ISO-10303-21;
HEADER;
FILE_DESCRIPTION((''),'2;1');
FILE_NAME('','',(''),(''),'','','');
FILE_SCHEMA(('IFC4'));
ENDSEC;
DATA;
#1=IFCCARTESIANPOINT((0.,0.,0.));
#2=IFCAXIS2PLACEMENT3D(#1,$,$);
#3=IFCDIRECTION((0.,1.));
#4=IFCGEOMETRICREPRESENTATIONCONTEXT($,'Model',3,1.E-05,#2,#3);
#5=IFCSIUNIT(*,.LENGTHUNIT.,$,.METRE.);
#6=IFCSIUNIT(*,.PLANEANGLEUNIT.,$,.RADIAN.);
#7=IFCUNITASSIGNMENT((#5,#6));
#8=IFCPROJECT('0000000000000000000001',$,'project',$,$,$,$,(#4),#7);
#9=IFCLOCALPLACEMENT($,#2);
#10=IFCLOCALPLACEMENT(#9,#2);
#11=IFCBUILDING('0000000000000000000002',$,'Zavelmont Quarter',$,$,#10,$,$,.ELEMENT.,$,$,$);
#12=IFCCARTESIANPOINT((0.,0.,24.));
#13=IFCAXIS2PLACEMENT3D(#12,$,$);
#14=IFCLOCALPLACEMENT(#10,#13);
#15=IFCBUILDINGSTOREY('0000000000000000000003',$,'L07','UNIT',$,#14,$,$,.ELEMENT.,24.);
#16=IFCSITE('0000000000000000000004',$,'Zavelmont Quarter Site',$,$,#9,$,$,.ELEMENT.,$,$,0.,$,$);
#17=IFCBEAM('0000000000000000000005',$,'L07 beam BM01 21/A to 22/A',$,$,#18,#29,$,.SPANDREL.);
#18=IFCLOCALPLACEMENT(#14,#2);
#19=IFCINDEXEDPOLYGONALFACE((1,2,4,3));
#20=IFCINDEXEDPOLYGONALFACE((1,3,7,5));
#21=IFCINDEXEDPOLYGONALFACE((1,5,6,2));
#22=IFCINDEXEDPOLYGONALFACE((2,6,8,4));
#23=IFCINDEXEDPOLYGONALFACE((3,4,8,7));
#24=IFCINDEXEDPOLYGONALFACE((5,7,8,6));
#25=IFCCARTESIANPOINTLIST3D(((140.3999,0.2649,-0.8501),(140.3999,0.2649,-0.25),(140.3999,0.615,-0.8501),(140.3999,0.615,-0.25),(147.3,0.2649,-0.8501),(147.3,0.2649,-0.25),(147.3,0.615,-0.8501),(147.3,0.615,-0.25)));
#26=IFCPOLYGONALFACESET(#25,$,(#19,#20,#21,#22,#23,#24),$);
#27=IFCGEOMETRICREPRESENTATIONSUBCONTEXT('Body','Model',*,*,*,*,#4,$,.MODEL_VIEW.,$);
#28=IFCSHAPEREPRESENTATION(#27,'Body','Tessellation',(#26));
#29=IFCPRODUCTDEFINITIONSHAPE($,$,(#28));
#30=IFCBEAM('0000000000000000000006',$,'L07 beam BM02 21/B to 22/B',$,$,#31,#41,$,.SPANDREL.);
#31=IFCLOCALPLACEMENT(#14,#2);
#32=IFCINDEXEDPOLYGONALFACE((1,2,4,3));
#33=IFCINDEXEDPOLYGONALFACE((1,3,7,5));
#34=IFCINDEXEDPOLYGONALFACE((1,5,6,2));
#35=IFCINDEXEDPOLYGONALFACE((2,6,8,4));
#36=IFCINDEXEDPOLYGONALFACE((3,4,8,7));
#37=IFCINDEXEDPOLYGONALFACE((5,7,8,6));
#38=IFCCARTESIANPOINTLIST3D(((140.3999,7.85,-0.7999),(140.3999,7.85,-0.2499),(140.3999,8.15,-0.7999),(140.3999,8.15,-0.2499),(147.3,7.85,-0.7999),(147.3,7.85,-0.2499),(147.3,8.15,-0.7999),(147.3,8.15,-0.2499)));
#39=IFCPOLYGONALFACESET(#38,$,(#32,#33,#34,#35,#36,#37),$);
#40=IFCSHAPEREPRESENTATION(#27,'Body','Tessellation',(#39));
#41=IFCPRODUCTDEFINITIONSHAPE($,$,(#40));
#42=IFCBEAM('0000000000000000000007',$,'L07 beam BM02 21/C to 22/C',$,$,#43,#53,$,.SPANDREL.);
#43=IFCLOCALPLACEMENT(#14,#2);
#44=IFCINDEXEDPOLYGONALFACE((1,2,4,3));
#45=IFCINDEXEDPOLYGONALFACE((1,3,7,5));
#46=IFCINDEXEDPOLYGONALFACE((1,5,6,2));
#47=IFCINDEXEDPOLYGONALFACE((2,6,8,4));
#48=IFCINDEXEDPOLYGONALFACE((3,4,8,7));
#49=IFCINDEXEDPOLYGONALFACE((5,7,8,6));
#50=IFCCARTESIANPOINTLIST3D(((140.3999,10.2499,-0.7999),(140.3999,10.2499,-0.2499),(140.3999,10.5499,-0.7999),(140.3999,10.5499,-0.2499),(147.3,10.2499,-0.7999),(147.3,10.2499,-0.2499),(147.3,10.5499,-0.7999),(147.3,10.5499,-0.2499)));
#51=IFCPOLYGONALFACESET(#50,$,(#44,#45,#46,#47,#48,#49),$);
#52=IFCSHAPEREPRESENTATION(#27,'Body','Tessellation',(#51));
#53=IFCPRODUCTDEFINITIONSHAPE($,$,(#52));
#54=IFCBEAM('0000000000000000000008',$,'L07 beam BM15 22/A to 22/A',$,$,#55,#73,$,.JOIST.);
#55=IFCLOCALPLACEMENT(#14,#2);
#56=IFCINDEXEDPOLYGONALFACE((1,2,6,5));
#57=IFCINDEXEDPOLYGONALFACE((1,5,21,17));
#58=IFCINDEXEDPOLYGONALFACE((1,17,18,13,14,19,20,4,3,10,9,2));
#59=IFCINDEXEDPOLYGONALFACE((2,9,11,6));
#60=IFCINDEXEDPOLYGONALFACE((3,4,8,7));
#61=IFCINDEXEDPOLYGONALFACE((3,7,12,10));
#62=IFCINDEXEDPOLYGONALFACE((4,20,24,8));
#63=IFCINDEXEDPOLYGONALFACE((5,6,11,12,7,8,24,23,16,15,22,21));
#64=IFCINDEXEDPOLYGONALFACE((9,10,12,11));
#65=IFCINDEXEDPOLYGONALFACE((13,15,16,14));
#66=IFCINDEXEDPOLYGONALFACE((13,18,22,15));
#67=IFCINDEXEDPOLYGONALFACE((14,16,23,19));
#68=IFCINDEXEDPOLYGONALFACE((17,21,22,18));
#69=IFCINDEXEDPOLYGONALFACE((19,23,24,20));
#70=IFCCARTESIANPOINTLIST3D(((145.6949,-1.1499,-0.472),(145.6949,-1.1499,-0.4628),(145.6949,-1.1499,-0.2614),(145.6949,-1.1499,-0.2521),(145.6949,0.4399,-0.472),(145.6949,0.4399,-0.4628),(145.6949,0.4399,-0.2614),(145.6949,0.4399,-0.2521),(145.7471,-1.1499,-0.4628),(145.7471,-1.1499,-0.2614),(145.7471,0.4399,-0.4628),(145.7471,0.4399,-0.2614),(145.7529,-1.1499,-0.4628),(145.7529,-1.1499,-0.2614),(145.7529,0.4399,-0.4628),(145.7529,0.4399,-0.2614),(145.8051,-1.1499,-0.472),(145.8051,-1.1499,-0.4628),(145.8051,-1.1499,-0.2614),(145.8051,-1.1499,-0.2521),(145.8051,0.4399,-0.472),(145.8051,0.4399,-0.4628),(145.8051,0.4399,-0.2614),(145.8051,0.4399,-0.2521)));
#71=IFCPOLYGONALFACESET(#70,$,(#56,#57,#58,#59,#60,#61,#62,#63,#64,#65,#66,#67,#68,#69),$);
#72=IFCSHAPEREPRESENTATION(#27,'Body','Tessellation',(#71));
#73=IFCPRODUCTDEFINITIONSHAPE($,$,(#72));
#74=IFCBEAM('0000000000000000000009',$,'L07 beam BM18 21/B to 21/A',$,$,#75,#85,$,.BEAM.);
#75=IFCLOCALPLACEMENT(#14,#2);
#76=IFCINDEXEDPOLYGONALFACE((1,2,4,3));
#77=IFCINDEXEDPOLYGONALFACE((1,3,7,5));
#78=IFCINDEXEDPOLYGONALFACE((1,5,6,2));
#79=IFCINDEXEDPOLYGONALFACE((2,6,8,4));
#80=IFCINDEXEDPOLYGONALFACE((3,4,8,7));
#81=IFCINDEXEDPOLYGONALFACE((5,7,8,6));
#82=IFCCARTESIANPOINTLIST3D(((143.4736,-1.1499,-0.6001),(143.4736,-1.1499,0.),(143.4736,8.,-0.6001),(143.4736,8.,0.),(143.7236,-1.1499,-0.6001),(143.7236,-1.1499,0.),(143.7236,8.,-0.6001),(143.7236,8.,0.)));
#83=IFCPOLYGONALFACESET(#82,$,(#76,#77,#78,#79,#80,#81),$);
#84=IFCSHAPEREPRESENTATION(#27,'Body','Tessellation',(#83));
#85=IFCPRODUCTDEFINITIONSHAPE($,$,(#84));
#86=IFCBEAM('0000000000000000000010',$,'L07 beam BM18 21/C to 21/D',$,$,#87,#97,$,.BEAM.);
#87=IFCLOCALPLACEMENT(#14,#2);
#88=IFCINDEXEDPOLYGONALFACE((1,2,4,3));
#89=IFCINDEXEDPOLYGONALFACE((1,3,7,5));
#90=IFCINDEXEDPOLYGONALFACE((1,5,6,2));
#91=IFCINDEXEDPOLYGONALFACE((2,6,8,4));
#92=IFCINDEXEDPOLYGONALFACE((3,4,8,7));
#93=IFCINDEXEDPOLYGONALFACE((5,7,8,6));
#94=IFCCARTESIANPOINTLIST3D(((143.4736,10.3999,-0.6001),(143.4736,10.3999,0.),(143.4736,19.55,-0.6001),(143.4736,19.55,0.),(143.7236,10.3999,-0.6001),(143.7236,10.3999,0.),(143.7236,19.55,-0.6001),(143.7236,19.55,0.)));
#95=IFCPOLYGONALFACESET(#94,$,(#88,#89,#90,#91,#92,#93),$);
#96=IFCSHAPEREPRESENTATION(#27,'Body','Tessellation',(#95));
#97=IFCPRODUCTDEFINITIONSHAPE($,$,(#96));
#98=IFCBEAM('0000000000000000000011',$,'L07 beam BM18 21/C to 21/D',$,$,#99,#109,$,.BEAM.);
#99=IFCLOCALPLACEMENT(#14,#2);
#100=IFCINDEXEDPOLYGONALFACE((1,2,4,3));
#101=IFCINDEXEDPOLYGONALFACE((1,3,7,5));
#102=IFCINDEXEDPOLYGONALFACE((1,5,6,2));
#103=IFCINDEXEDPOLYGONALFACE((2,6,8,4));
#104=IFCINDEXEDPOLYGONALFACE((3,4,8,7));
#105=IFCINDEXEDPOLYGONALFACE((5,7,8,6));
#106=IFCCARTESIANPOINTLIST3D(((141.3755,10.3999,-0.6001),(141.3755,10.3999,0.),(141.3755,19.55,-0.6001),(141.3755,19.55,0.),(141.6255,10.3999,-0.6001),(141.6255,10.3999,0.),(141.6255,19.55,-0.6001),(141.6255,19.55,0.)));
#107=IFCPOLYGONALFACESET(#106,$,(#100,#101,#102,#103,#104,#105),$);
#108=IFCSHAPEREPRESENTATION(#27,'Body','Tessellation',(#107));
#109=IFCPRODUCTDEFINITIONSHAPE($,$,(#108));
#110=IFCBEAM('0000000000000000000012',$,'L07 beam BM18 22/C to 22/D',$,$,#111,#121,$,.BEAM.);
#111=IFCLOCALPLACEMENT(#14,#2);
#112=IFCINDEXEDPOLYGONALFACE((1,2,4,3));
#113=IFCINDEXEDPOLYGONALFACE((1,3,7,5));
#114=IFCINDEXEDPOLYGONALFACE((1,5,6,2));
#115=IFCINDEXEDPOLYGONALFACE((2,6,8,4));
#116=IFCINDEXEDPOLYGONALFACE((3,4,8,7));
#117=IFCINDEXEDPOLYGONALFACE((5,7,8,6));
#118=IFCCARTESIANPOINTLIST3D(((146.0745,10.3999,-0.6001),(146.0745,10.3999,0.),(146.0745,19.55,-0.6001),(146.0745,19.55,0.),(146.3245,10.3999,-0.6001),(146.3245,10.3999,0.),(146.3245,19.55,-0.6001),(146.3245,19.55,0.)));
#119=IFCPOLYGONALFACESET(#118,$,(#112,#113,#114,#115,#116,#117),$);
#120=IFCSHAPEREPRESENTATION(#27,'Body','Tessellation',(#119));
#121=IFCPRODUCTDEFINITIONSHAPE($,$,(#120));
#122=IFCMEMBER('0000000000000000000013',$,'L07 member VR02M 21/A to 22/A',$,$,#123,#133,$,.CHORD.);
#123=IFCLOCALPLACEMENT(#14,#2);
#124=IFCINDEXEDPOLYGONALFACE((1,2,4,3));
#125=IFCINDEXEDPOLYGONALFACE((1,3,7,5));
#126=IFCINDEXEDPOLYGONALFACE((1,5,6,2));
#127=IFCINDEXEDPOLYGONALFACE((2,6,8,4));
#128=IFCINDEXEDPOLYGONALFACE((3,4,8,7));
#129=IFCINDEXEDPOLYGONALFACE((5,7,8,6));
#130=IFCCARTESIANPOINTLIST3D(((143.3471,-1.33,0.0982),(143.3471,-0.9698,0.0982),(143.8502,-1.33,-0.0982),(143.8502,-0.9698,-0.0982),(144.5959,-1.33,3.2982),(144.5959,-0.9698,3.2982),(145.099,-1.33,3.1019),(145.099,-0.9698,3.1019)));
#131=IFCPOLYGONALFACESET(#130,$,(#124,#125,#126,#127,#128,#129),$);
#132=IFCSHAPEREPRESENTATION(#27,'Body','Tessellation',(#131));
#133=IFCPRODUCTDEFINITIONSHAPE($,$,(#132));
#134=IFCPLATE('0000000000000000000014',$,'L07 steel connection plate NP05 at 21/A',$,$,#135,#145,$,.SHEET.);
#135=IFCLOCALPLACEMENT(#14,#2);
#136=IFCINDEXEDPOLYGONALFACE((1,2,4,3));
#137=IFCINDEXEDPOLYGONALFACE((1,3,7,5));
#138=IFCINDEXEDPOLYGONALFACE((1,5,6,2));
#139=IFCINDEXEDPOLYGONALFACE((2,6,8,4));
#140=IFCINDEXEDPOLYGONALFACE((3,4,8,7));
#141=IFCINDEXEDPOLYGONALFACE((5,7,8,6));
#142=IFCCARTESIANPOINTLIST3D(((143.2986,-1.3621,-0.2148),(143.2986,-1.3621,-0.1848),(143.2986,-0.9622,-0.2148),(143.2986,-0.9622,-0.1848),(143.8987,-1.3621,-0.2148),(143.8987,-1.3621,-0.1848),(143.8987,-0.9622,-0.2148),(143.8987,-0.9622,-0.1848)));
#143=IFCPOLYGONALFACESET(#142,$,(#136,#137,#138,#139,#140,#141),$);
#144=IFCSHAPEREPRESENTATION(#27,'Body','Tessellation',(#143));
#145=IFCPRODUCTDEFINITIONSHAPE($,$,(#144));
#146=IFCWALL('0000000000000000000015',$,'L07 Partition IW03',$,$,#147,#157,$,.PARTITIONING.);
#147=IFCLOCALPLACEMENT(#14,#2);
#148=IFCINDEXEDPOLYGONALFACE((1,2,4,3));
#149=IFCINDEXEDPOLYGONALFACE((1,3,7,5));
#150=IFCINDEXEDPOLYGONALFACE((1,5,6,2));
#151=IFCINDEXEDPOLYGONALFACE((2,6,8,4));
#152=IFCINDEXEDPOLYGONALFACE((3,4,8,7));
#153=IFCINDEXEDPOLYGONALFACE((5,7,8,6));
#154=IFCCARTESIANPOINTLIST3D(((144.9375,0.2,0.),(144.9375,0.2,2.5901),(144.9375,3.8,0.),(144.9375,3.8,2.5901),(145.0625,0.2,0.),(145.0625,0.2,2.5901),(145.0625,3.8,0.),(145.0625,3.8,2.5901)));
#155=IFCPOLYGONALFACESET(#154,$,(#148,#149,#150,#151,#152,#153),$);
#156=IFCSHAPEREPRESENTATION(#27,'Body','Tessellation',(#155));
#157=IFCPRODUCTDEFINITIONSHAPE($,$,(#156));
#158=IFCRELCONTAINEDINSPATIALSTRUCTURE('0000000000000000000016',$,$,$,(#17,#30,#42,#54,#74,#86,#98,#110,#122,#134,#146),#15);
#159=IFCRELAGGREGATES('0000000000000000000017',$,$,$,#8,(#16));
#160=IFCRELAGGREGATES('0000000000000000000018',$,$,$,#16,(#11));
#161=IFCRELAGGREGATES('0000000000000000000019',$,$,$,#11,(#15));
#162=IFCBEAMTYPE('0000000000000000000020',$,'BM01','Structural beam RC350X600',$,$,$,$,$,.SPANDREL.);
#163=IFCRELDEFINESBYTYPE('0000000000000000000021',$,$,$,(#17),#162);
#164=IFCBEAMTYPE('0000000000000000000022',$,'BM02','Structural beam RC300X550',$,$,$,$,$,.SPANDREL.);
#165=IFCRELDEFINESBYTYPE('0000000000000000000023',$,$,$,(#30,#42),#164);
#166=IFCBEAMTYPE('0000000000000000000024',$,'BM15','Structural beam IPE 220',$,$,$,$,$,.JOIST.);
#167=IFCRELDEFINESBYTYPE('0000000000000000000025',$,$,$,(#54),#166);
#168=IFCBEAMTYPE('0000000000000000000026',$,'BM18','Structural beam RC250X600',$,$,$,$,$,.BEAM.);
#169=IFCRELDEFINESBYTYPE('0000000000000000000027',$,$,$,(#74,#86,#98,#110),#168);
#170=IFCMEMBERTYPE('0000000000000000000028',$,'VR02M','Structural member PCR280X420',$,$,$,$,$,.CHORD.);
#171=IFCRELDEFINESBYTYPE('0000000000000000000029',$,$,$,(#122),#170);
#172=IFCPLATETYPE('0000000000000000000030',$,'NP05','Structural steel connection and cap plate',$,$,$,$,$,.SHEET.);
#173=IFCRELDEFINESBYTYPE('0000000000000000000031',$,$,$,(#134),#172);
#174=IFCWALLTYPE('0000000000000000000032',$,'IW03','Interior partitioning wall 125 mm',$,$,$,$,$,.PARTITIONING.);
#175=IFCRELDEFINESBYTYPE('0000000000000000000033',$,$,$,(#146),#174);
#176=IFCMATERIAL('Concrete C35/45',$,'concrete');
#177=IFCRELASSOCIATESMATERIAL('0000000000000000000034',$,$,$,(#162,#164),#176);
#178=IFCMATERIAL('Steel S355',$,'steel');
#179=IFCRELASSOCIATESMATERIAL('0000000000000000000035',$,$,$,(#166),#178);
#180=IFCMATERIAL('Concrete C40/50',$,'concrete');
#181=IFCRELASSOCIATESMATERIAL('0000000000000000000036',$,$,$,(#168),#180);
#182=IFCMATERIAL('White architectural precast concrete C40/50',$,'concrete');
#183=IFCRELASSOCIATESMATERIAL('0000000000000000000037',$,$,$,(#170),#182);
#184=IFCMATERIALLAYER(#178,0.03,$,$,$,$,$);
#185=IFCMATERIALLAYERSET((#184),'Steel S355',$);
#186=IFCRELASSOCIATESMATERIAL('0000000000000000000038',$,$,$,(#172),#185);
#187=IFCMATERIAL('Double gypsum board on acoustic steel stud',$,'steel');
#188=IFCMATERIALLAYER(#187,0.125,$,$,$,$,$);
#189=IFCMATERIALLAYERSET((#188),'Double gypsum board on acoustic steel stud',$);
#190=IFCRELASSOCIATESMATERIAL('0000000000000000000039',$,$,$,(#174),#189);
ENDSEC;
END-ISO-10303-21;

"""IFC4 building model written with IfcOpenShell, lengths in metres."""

from ifc_helpers import new_model, si_unit, direction, frame, frame_2d, origin, origin_2d, place, context, subcontext, project, spatial, rectangle, i_section, extrude, material, layer, layer_set, material_profile, profile_set, type_object, element, save


model = new_model("IFC4")

# Units and contexts
model_context = context("Model", 3, precision=1e-05, world=origin(), true_north=direction((0.0, 1.0)))
body_context = subcontext(model_context, "Body", "Model", "MODEL_VIEW")
ifc_project = project(units=[si_unit("LENGTHUNIT", "METRE"), si_unit("PLANEANGLEUNIT", "RADIAN")], contexts=[model_context])

# Site, building, storey
site_placement = place(None, origin())
site = spatial("IfcSite", under=ifc_project, at=site_placement, Name="Zavelmont Quarter Site", CompositionType="ELEMENT", RefElevation=0.0)
building_placement = place(site_placement, origin())
building = spatial("IfcBuilding", under=site, at=building_placement, Name="Zavelmont Quarter", CompositionType="ELEMENT")
storey_placement = place(building_placement, frame((0.0, 0.0, 24.0)))
storey = spatial("IfcBuildingStorey", under=building, at=storey_placement, Name="L07", Description="UNIT", CompositionType="ELEMENT", Elevation=24.0)

# Beams
ifc_material_1 = material(Name="Concrete C35/45", Category="concrete")
ifc_material_profile_1 = material_profile(ifc_material_1, rectangle(XDim=0.3501, YDim=0.6001, at=origin_2d()), Name="RC350X600")
ifc_profile_set_1 = profile_set([ifc_material_profile_1], Name="Concrete C35/45")
beam_type_1 = type_object("IfcBeamType", Name="BM01", Description="Structural beam RC350X600", PredefinedType="SPANDREL", material=ifc_profile_set_1)
beam_1_placement = place(storey_placement, frame((140.3999, 0.4399, -0.55), z_axis=(1.0, 0.0, 0.0), x_axis=(0.0, 1.0, 0.0)))
element("IfcBeam", 1, at=beam_1_placement, inside=storey, type_object=beam_type_1, Name="L07 beam BM01 21/A to 22/A", PredefinedType="SPANDREL", context=body_context, shape_type="SweptSolid", body=[
    extrude(rectangle(XDim=0.3501, YDim=0.6001, at=origin_2d()), origin(), (0.0, 0.0, 1.0), 6.9001),
])
ifc_material_profile_2 = material_profile(ifc_material_1, rectangle(XDim=0.3, YDim=0.55, at=origin_2d()), Name="RC300X550")
ifc_profile_set_2 = profile_set([ifc_material_profile_2], Name="Concrete C35/45")
beam_type_2 = type_object("IfcBeamType", Name="BM02", Description="Structural beam RC300X550", PredefinedType="SPANDREL", material=ifc_profile_set_2)
for number, where, z_axis, x_axis, name in (
    (2, (140.3999, 8.0, -0.5249), (1.0, 0.0, 0.0), (0.0, 1.0, 0.0), "L07 beam BM02 21/B to 22/B"),
    (3, (140.3999, 10.3999, -0.5249), (1.0, 0.0, 0.0), (0.0, 1.0, 0.0), "L07 beam BM02 21/C to 22/C"),
):
    element("IfcBeam", number, at=place(storey_placement, frame(where, z_axis=z_axis, x_axis=x_axis)), inside=storey, type_object=beam_type_2, Name=name, PredefinedType="SPANDREL", context=body_context, shape_type="SweptSolid", body=[
        extrude(rectangle(XDim=0.3, YDim=0.55, at=origin_2d()), origin(), (0.0, 0.0, 1.0), 6.9001),
    ])
ifc_material_2 = material(Name="Steel S355", Category="steel")
ifc_material_profile_3 = material_profile(ifc_material_2, i_section(OverallWidth=0.1101, OverallDepth=0.22, WebThickness=0.0059, FlangeThickness=0.0093, at=origin_2d()), Name="IPE 220")
ifc_profile_set_3 = profile_set([ifc_material_profile_3], Name="Steel S355")
beam_type_3 = type_object("IfcBeamType", Name="BM15", Description="Structural beam IPE 220", PredefinedType="JOIST", material=ifc_profile_set_3)
beam_2_placement = place(storey_placement, frame((145.75, 0.4399, -0.3621), z_axis=(0.0, -1.0, 0.0), x_axis=(1.0, 0.0, 0.0)))
element("IfcBeam", 4, at=beam_2_placement, inside=storey, type_object=beam_type_3, Name="L07 beam BM15 22/A to 22/A", PredefinedType="JOIST", context=body_context, shape_type="SweptSolid", body=[
    extrude(i_section(OverallWidth=0.1101, OverallDepth=0.22, WebThickness=0.0059, FlangeThickness=0.0093, at=origin_2d()), origin(), (0.0, 0.0, 1.0), 1.5898),
])
ifc_material_3 = material(Name="Concrete C40/50", Category="concrete")
ifc_material_profile_4 = material_profile(ifc_material_3, rectangle(XDim=0.25, YDim=0.6001, at=origin_2d()), Name="RC250X600")
ifc_profile_set_4 = profile_set([ifc_material_profile_4], Name="Concrete C40/50")
beam_type_4 = type_object("IfcBeamType", Name="BM18", Description="Structural beam RC250X600", PredefinedType="BEAM", material=ifc_profile_set_4)
beam_3_placement = place(storey_placement, frame((143.5986, 8.0, -0.3), z_axis=(0.0, -1.0, 0.0), x_axis=(1.0, 0.0, 0.0)))
element("IfcBeam", 5, at=beam_3_placement, inside=storey, type_object=beam_type_4, Name="L07 beam BM18 21/B to 21/A", PredefinedType="BEAM", context=body_context, shape_type="SweptSolid", body=[
    extrude(rectangle(XDim=0.25, YDim=0.6001, at=origin_2d()), origin(), (0.0, 0.0, 1.0), 9.1499),
])
for number, where, z_axis, x_axis, name in (
    (6, (143.5986, 10.3999, -0.3), (0.0, 1.0, 0.0), (-1.0, 0.0, 0.0), "L07 beam BM18 21/C to 21/D"),
    (7, (141.5005, 10.3999, -0.3), (0.0, 1.0, 0.0), (-1.0, 0.0, 0.0), "L07 beam BM18 21/C to 21/D"),
    (8, (146.1995, 10.3999, -0.3), (0.0, 1.0, 0.0), (-1.0, 0.0, 0.0), "L07 beam BM18 22/C to 22/D"),
):
    element("IfcBeam", number, at=place(storey_placement, frame(where, z_axis=z_axis, x_axis=x_axis)), inside=storey, type_object=beam_type_4, Name=name, PredefinedType="BEAM", context=body_context, shape_type="SweptSolid", body=[
        extrude(rectangle(XDim=0.25, YDim=0.6001, at=origin_2d()), origin(), (0.0, 0.0, 1.0), 9.1501),
    ])

# Member
ifc_material_4 = material(Name="White architectural precast concrete C40/50", Category="concrete")
ifc_material_profile_5 = material_profile(ifc_material_4, rectangle(XDim=0.3601, YDim=0.54, at=origin_2d()), Name="PCR280X420")
ifc_profile_set_5 = profile_set([ifc_material_profile_5], Name="White architectural precast concrete C40/50")
member_type = type_object("IfcMemberType", Name="VR02M", Description="Structural member PCR280X420", PredefinedType="CHORD", material=ifc_profile_set_5)
member_placement = place(storey_placement, frame((143.5986, -1.1499, 0.0), z_axis=(0.363547, 0.0, 0.931576), x_axis=(0.0, 1.0, 0.0)))
element("IfcMember", 9, at=member_placement, inside=storey, type_object=member_type, Name="L07 member VR02M 21/A to 22/A", PredefinedType="CHORD", context=body_context, shape_type="SweptSolid", body=[
    extrude(rectangle(XDim=0.3601, YDim=0.54, at=origin_2d()), origin(), (0.0, 0.0, 1.0), 3.4351),
])

# Plate
ifc_layer_1 = layer(ifc_material_2, 0.03)
ifc_layer_set_1 = layer_set([ifc_layer_1], Name="Steel S355")
plate_type = type_object("IfcPlateType", Name="NP05", Description="Structural steel connection and cap plate", PredefinedType="SHEET", material=ifc_layer_set_1)
plate_placement = place(storey_placement, frame((143.5986, -1.1621, -0.2148), z_axis=(0.0, 0.0, 1.0), x_axis=(1.0, 0.0, 0.0)))
element("IfcPlate", 10, at=plate_placement, inside=storey, type_object=plate_type, Name="L07 steel connection plate NP05 at 21/A", PredefinedType="SHEET", context=body_context, shape_type="SweptSolid", body=[
    extrude(rectangle(XDim=0.6001, YDim=0.3999, at=origin_2d()), origin(), (0.0, 0.0, 1.0), 0.03),
])

# Wall
ifc_material_5 = material(Name="Double gypsum board on acoustic steel stud", Category="steel")
ifc_layer_2 = layer(ifc_material_5, 0.125)
ifc_layer_set_2 = layer_set([ifc_layer_2], Name="Double gypsum board on acoustic steel stud")
wall_type_1 = type_object("IfcWallType", Name="IW03", Description="Interior partitioning wall 125 mm", PredefinedType="PARTITIONING", material=ifc_layer_set_2)
wall_1_placement = place(storey_placement, frame((145.0, 3.8, 0.0), z_axis=(0.0, 0.0, 1.0), x_axis=(0.0, -1.0, 0.0)))
element("IfcWall", 11, at=wall_1_placement, inside=storey, type_object=wall_type_1, Name="L07 Partition IW03", PredefinedType="PARTITIONING", context=body_context, shape_type="SweptSolid", body=[
    extrude(rectangle(XDim=3.6001, YDim=0.125, at=frame_2d((1.8, 0.0))), origin(), (0.0, 0.0, 1.0), 2.5901),
])

save(model, "model.ifc")
